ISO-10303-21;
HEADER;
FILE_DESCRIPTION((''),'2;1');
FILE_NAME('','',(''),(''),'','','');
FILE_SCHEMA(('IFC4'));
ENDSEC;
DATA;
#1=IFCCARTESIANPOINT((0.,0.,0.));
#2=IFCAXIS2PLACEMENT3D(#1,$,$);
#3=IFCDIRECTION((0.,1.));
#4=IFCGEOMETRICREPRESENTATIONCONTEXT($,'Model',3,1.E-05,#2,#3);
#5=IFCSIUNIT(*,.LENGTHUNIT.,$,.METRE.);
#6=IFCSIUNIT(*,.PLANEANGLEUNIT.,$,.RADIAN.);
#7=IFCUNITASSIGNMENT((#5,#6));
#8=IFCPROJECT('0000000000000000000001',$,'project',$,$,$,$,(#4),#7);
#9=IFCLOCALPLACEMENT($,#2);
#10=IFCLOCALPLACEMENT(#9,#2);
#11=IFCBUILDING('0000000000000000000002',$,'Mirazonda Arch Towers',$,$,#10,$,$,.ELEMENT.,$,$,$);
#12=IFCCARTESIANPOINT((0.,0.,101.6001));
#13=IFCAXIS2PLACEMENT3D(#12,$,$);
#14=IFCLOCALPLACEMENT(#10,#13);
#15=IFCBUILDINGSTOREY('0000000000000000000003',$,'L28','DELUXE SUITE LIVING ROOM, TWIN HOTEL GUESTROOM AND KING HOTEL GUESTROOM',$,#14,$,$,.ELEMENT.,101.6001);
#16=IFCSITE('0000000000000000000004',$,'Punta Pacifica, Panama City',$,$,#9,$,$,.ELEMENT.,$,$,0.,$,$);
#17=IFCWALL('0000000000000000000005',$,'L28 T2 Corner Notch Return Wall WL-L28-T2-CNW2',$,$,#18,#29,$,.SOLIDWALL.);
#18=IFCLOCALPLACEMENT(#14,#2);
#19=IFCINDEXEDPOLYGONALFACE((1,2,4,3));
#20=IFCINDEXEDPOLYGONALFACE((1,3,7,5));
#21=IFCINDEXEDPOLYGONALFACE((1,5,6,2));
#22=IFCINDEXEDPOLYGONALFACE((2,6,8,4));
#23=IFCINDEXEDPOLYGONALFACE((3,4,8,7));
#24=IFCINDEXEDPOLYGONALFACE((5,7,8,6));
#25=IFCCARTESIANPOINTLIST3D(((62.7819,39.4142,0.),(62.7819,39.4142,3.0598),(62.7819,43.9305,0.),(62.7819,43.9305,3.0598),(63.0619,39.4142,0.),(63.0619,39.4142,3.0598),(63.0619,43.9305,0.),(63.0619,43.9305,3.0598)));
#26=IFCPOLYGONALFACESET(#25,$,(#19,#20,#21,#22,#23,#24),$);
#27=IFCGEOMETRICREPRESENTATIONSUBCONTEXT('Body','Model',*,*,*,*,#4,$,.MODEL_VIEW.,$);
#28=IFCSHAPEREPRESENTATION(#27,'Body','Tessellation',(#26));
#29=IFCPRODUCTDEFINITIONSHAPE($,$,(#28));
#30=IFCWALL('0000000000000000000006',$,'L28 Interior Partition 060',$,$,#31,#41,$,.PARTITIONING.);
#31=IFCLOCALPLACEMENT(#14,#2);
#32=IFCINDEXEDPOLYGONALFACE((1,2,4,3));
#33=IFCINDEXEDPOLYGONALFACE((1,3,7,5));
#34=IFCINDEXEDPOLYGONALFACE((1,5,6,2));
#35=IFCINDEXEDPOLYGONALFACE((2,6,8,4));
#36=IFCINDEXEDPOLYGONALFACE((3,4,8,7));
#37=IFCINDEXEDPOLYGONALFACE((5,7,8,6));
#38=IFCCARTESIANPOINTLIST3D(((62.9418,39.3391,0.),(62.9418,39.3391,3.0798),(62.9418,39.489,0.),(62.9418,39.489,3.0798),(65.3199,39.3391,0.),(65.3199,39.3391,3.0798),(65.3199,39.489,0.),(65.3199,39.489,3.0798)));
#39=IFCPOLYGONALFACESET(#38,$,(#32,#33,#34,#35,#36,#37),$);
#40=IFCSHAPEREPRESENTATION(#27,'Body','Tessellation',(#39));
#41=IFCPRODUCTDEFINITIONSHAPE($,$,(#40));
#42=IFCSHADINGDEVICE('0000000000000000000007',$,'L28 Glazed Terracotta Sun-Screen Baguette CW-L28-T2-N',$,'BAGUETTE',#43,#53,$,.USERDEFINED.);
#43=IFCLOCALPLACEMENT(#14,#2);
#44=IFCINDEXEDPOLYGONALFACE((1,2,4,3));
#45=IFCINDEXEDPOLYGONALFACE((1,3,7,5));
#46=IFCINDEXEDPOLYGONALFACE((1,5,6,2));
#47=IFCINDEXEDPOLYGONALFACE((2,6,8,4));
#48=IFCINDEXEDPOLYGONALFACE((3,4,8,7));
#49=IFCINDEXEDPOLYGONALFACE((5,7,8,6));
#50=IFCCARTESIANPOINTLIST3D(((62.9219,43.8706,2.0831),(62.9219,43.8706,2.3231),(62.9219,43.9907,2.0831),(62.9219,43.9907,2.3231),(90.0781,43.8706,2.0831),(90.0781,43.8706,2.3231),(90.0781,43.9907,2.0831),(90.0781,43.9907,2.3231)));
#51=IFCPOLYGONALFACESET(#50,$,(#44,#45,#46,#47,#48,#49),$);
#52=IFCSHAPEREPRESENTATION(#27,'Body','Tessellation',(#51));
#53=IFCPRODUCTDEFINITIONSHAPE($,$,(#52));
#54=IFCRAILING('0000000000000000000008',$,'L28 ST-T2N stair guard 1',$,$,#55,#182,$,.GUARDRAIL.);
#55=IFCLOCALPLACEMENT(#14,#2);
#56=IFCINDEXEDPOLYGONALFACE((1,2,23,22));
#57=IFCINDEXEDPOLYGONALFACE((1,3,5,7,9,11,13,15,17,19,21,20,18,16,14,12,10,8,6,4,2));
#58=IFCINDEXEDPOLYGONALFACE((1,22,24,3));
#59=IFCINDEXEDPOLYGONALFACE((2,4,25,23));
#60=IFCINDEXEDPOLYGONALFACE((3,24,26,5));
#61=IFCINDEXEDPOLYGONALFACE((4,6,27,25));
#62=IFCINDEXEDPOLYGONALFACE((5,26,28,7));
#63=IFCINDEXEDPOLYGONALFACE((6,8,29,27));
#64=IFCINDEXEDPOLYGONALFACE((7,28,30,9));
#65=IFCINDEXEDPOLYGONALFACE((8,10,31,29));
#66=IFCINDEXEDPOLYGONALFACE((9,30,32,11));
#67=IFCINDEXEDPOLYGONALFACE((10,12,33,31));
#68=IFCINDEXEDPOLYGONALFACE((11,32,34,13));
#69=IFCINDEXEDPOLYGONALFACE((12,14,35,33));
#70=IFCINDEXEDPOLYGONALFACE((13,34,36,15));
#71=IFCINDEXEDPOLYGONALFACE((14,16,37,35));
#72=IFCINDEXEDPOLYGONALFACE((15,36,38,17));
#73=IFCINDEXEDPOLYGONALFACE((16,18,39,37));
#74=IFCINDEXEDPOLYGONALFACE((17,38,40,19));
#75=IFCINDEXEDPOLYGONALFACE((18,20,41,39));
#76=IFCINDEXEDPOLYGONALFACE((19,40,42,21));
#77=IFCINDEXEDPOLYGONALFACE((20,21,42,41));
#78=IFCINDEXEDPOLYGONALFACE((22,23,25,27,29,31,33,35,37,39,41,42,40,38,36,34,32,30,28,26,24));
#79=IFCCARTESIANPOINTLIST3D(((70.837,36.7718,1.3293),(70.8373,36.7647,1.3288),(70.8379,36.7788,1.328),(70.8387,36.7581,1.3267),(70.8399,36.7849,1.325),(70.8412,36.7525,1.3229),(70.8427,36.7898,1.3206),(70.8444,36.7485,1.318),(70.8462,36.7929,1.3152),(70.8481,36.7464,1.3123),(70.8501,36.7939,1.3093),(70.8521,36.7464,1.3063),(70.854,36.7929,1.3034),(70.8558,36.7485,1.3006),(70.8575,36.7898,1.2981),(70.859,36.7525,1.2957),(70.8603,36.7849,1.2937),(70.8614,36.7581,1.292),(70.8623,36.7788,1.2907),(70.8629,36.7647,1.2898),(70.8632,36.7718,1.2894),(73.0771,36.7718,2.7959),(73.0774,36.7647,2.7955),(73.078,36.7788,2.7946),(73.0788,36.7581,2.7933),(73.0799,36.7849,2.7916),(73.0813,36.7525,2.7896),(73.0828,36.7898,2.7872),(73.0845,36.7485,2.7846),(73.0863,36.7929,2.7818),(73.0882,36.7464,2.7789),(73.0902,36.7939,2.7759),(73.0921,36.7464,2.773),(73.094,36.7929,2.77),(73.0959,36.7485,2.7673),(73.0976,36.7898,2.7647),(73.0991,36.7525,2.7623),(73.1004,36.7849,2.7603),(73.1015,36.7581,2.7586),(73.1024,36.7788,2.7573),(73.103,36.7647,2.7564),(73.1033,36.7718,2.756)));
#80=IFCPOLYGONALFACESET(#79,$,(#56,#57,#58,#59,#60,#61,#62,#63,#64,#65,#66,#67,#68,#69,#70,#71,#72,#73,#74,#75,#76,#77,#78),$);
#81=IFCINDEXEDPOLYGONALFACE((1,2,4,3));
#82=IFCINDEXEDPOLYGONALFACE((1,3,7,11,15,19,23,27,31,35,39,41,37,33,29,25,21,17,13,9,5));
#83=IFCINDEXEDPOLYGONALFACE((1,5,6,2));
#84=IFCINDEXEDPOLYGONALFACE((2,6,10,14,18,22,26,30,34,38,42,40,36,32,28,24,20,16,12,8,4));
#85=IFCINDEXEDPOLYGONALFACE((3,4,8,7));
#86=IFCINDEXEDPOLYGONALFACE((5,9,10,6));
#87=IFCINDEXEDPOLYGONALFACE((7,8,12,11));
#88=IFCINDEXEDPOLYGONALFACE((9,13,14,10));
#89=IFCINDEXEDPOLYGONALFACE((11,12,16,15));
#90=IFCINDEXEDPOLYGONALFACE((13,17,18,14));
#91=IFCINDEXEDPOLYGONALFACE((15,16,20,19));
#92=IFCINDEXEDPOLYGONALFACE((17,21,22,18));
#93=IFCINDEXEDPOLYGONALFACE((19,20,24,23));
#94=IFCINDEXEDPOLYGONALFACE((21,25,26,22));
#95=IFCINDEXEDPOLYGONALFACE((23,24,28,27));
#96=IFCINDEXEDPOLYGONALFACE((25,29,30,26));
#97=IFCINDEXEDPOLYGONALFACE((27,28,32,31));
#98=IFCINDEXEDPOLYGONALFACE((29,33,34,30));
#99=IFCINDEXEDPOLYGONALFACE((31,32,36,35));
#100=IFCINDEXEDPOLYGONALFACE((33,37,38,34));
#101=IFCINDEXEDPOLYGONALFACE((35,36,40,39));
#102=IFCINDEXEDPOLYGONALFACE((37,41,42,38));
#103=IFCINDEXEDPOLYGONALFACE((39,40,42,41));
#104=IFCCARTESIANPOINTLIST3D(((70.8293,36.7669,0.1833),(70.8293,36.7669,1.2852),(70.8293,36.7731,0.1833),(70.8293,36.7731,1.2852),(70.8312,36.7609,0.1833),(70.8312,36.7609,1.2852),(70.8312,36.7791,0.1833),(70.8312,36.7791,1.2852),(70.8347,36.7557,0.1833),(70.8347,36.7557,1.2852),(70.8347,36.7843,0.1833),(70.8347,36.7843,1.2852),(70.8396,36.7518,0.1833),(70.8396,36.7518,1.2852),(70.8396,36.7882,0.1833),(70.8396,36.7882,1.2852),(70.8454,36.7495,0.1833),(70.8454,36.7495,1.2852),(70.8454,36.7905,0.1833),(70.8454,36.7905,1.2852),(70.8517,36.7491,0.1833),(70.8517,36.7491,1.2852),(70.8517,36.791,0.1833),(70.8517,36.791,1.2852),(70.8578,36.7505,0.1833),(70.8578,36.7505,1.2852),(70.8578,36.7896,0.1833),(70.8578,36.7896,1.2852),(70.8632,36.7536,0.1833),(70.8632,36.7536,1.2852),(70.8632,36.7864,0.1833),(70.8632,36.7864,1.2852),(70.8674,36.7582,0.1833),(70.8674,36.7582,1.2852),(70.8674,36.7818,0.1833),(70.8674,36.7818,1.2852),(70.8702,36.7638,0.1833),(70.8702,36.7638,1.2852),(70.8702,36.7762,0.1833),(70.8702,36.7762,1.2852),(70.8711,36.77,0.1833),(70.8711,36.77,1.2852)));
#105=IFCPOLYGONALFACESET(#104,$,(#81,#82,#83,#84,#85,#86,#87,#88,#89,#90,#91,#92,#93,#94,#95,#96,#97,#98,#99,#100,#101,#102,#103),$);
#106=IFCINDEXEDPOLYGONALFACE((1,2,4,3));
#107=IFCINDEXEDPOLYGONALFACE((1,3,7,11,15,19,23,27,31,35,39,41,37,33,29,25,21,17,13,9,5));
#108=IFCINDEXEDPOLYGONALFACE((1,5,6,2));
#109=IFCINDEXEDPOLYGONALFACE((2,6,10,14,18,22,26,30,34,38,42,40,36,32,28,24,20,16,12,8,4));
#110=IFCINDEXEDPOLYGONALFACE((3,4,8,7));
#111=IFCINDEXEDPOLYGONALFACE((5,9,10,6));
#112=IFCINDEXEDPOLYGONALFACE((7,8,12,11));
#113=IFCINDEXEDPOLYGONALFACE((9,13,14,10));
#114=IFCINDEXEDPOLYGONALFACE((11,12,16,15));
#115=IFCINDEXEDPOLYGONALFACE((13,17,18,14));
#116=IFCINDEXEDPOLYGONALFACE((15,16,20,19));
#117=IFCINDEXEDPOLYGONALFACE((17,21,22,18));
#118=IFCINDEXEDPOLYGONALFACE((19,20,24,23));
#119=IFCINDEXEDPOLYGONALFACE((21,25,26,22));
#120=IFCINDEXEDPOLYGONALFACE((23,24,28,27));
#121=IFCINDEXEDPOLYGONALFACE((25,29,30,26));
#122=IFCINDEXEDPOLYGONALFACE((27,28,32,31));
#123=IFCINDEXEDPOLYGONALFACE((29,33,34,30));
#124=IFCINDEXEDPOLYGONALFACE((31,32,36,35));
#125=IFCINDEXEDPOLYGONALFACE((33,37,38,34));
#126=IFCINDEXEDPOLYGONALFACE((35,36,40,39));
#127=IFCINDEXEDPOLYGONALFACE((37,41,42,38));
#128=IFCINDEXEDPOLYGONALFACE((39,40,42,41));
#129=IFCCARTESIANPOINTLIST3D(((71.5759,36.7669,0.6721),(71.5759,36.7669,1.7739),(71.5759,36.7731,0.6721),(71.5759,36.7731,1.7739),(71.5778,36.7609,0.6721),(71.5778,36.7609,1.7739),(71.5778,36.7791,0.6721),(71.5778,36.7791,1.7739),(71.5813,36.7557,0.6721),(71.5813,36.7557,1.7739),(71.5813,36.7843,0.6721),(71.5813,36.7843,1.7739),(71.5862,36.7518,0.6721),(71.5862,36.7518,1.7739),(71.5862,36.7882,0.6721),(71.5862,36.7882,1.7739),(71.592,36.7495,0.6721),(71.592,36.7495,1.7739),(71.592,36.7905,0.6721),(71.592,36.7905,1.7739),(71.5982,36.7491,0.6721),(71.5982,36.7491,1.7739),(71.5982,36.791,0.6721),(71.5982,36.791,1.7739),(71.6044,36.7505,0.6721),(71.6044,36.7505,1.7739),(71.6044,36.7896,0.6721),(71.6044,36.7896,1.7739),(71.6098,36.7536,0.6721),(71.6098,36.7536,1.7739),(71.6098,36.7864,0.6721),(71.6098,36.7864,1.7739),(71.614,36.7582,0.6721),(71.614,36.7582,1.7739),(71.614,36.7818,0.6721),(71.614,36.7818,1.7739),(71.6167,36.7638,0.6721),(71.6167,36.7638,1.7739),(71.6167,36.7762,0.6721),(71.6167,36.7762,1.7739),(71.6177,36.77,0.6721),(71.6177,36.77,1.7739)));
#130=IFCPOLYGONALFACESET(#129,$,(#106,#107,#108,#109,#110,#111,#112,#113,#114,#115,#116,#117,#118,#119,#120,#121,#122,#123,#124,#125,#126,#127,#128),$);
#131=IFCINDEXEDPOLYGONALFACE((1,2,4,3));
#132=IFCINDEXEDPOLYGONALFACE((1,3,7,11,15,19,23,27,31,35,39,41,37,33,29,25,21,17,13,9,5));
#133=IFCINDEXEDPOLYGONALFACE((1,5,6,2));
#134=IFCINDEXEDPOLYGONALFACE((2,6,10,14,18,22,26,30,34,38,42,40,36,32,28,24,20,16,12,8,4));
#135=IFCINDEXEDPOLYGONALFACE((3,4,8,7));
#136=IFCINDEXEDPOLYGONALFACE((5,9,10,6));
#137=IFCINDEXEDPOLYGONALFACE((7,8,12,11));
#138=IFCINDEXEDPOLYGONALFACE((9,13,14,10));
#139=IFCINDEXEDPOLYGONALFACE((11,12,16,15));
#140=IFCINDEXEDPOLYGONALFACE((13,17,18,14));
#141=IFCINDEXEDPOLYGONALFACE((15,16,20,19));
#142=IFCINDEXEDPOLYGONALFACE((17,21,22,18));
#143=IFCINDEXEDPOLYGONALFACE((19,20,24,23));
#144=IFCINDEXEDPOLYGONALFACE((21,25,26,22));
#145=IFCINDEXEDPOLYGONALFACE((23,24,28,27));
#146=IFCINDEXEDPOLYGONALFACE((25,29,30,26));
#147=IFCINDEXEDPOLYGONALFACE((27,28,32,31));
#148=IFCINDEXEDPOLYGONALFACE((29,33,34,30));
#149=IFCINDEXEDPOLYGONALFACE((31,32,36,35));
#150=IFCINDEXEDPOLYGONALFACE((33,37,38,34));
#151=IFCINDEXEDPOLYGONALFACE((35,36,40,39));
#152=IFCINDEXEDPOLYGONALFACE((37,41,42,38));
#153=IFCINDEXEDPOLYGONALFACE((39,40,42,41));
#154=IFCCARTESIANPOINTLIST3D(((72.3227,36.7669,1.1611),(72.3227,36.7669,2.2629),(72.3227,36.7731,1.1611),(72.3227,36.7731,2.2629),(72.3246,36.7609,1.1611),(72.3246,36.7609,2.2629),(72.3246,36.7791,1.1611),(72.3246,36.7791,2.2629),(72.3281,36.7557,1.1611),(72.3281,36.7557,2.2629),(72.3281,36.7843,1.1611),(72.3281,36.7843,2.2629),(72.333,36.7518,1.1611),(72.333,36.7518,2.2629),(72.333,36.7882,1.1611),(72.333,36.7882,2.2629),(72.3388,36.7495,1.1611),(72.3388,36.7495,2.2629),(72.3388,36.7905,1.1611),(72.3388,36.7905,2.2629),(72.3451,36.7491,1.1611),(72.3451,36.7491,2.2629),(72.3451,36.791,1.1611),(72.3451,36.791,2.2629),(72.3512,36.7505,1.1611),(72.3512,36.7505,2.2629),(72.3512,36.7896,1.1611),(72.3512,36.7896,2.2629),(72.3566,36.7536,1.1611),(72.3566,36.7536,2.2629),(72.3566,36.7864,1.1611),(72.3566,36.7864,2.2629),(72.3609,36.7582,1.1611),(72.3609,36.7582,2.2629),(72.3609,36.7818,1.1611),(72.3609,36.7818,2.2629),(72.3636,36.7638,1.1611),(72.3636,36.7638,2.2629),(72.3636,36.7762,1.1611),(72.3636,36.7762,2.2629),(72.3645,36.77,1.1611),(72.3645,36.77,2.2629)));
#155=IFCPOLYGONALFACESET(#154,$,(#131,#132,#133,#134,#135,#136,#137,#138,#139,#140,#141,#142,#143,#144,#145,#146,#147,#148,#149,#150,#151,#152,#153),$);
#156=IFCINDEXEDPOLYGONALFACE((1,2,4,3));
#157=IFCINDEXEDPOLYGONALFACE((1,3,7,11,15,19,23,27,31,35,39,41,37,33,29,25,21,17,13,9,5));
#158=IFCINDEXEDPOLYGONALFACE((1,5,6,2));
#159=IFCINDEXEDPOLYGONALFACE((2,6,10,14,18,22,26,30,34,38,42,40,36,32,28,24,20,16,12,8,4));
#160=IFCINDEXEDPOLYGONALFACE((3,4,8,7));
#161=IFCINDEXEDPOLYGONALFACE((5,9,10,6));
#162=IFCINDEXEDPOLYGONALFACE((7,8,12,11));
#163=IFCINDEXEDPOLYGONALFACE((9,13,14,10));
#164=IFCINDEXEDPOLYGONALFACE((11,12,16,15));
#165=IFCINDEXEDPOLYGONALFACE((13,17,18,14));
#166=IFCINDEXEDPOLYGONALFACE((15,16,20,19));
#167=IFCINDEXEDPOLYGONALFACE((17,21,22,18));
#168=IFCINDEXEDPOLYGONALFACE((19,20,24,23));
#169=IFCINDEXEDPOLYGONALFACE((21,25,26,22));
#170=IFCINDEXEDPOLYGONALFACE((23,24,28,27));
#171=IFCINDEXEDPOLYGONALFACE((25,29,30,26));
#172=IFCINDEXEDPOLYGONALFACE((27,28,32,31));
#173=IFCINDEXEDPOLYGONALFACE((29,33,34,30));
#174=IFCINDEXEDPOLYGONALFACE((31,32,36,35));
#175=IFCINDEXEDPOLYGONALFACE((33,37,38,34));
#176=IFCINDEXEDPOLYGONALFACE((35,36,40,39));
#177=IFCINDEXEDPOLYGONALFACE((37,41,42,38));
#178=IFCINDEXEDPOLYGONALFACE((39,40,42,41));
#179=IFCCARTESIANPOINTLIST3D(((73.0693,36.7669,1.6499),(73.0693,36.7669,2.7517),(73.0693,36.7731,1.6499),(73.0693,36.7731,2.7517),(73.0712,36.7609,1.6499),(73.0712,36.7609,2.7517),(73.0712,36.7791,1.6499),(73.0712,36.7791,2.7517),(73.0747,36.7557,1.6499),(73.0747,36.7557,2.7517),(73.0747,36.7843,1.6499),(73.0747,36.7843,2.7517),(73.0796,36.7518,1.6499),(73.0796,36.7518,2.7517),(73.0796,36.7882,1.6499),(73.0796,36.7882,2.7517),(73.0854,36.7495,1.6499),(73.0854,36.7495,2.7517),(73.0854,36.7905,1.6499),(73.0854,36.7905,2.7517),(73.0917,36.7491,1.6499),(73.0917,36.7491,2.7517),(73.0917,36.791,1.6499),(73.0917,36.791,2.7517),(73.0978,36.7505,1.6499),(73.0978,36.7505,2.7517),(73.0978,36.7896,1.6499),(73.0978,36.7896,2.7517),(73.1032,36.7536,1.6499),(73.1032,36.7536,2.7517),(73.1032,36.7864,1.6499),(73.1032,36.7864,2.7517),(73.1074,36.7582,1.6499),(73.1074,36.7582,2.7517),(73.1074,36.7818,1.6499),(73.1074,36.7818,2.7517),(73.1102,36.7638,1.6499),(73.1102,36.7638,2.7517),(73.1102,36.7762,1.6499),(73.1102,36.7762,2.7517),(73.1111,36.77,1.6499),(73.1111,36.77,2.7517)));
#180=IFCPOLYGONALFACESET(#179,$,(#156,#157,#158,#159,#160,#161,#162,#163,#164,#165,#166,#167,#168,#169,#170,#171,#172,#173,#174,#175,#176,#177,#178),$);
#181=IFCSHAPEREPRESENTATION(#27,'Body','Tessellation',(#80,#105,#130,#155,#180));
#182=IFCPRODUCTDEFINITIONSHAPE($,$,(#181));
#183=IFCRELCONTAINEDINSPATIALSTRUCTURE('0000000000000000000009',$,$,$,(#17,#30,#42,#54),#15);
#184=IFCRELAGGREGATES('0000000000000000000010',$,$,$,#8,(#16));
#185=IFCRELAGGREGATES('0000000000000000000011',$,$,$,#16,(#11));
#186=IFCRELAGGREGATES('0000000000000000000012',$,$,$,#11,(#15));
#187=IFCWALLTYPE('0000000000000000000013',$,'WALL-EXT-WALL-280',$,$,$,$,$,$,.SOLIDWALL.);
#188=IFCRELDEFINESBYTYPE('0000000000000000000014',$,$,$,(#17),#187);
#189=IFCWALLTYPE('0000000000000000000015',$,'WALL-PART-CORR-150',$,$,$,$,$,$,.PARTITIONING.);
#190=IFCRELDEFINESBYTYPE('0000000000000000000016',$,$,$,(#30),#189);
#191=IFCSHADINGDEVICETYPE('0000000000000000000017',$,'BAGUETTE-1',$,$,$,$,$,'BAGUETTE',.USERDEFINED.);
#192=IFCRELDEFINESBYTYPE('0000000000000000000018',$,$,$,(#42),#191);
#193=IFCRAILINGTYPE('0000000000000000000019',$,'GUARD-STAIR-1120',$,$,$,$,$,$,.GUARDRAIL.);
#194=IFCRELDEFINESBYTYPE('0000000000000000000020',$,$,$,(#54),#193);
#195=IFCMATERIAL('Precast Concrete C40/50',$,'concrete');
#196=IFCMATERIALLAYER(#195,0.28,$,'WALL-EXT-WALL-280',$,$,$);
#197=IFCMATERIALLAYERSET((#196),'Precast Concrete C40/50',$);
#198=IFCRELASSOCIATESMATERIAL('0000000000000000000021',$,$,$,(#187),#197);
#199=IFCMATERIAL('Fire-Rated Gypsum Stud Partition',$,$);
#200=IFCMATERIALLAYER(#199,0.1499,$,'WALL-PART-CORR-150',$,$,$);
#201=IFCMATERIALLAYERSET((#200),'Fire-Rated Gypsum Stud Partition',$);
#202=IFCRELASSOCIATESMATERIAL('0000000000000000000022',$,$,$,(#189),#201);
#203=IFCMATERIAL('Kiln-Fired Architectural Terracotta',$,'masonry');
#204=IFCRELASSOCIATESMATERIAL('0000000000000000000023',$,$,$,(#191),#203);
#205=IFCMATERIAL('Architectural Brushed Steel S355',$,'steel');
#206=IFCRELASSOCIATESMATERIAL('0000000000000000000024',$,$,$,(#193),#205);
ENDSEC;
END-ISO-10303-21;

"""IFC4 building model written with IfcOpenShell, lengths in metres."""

from ifc_helpers import new_model, si_unit, direction, frame, frame_2d, origin, origin_2d, place, context, subcontext, project, spatial, rectangle, circle, extrude, material, layer, layer_set, material_profile, profile_set, type_object, element, save


model = new_model("IFC4")

# Units and contexts
model_context = context("Model", 3, precision=1e-05, world=origin(), true_north=direction((0.0, 1.0)))
body_context = subcontext(model_context, "Body", "Model", "MODEL_VIEW")
ifc_project = project(units=[si_unit("LENGTHUNIT", "METRE"), si_unit("PLANEANGLEUNIT", "RADIAN")], contexts=[model_context])

# Site, building, storey
site_placement = place(None, origin())
site = spatial("IfcSite", under=ifc_project, at=site_placement, Name="Punta Pacifica, Panama City", CompositionType="ELEMENT", RefElevation=0.0)
building_placement = place(site_placement, origin())
building = spatial("IfcBuilding", under=site, at=building_placement, Name="Mirazonda Arch Towers", CompositionType="ELEMENT")
storey_placement = place(building_placement, frame((0.0, 0.0, 101.6001)))
storey = spatial("IfcBuildingStorey", under=building, at=storey_placement, Name="L28", Description="DELUXE SUITE LIVING ROOM, TWIN HOTEL GUESTROOM AND KING HOTEL GUESTROOM", CompositionType="ELEMENT", Elevation=101.6001)

# Walls
ifc_material_1 = material(Name="Precast Concrete C40/50", Category="concrete")
ifc_layer_1 = layer(ifc_material_1, 0.28, Name="WALL-EXT-WALL-280")
ifc_layer_set_1 = layer_set([ifc_layer_1], Name="Precast Concrete C40/50")
wall_type_1 = type_object("IfcWallType", Name="WALL-EXT-WALL-280", PredefinedType="SOLIDWALL", material=ifc_layer_set_1)
wall_1_placement = place(storey_placement, frame((62.9219, 43.9307, 0.0), z_axis=(0.0, 0.0, 1.0), x_axis=(0.0, -1.0, 0.0)))
element("IfcWall", 1, at=wall_1_placement, inside=storey, type_object=wall_type_1, Name="L28 T2 Corner Notch Return Wall WL-L28-T2-CNW2", PredefinedType="SOLIDWALL", context=body_context, shape_type="SweptSolid", body=[
    extrude(rectangle(XDim=4.5164, YDim=0.28, at=frame_2d((2.2583, 0.0))), origin(), (0.0, 0.0, 1.0), 3.0598),
])
ifc_material_2 = material(Name="Fire-Rated Gypsum Stud Partition")
ifc_layer_2 = layer(ifc_material_2, 0.1499, Name="WALL-PART-CORR-150")
ifc_layer_set_2 = layer_set([ifc_layer_2], Name="Fire-Rated Gypsum Stud Partition")
wall_type_2 = type_object("IfcWallType", Name="WALL-PART-CORR-150", PredefinedType="PARTITIONING", material=ifc_layer_set_2)
wall_2_placement = place(storey_placement, frame((62.9419, 39.4141, 0.0), z_axis=(0.0, 0.0, 1.0), x_axis=(1.0, 0.0, 0.0)))
element("IfcWall", 2, at=wall_2_placement, inside=storey, type_object=wall_type_2, Name="L28 Interior Partition 060", PredefinedType="PARTITIONING", context=body_context, shape_type="SweptSolid", body=[
    extrude(rectangle(XDim=2.3782, YDim=0.1499, at=frame_2d((1.189, 0.0))), origin(), (0.0, 0.0, 1.0), 3.0798),
])

# Shading device
ifc_material_3 = material(Name="Kiln-Fired Architectural Terracotta", Category="masonry")
ifc_material_profile_1 = material_profile(ifc_material_3, rectangle(XDim=0.1201, YDim=0.24, at=origin_2d()), Name="TERRA-BAG-120x240")
ifc_profile_set_1 = profile_set([ifc_material_profile_1], Name="Kiln-Fired Architectural Terracotta")
shading_device_type = type_object("IfcShadingDeviceType", Name="BAGUETTE-1", ElementType="BAGUETTE", PredefinedType="USERDEFINED", material=ifc_profile_set_1)
shading_device_placement = place(storey_placement, frame((62.9219, 43.9307, 2.2031), z_axis=(1.0, 0.0, 0.0), x_axis=(0.0, 1.0, 0.0)))
element("IfcShadingDevice", 3, at=shading_device_placement, inside=storey, type_object=shading_device_type, Name="L28 Glazed Terracotta Sun-Screen Baguette CW-L28-T2-N", ObjectType="BAGUETTE", PredefinedType="USERDEFINED", context=body_context, shape_type="SweptSolid", body=[
    extrude(rectangle(XDim=0.1201, YDim=0.24, at=origin_2d()), origin(), (0.0, 0.0, 1.0), 27.1562),
])

# Railing
ifc_material_4 = material(Name="Architectural Brushed Steel S355", Category="steel")
railing_type = type_object("IfcRailingType", Name="GUARD-STAIR-1120", PredefinedType="GUARDRAIL", material=ifc_material_4)
railing_1_placement = place(storey_placement, frame((70.8501, 36.77, 0.1833)))
element("IfcRailing", 4, at=railing_1_placement, inside=storey, type_object=railing_type, Name="L28 ST-T2N stair guard 1", PredefinedType="GUARDRAIL", context=body_context, shape_type="SweptSolid", body=[
    extrude(circle(Radius=0.0239, at=origin_2d()), frame((0.0, 0.0, 1.126), z_axis=(0.836637, 0.0, 0.547758), x_axis=(0.0, 1.0, 0.0)), (0.0, 0.0, 1.0), 2.6775),
    extrude(circle(Radius=0.021, at=origin_2d()), origin(), (0.0, 0.0, 1.0), 1.1018),
    extrude(circle(Radius=0.021, at=origin_2d()), frame((0.7466, 0.0, 0.4888)), (0.0, 0.0, 1.0), 1.1018),
    extrude(circle(Radius=0.021, at=origin_2d()), frame((1.4934, 0.0, 0.9778)), (0.0, 0.0, 1.0), 1.1018),
    extrude(circle(Radius=0.021, at=origin_2d()), frame((2.24, 0.0, 1.4666)), (0.0, 0.0, 1.0), 1.1018),
])

save(model, "model.ifc")
